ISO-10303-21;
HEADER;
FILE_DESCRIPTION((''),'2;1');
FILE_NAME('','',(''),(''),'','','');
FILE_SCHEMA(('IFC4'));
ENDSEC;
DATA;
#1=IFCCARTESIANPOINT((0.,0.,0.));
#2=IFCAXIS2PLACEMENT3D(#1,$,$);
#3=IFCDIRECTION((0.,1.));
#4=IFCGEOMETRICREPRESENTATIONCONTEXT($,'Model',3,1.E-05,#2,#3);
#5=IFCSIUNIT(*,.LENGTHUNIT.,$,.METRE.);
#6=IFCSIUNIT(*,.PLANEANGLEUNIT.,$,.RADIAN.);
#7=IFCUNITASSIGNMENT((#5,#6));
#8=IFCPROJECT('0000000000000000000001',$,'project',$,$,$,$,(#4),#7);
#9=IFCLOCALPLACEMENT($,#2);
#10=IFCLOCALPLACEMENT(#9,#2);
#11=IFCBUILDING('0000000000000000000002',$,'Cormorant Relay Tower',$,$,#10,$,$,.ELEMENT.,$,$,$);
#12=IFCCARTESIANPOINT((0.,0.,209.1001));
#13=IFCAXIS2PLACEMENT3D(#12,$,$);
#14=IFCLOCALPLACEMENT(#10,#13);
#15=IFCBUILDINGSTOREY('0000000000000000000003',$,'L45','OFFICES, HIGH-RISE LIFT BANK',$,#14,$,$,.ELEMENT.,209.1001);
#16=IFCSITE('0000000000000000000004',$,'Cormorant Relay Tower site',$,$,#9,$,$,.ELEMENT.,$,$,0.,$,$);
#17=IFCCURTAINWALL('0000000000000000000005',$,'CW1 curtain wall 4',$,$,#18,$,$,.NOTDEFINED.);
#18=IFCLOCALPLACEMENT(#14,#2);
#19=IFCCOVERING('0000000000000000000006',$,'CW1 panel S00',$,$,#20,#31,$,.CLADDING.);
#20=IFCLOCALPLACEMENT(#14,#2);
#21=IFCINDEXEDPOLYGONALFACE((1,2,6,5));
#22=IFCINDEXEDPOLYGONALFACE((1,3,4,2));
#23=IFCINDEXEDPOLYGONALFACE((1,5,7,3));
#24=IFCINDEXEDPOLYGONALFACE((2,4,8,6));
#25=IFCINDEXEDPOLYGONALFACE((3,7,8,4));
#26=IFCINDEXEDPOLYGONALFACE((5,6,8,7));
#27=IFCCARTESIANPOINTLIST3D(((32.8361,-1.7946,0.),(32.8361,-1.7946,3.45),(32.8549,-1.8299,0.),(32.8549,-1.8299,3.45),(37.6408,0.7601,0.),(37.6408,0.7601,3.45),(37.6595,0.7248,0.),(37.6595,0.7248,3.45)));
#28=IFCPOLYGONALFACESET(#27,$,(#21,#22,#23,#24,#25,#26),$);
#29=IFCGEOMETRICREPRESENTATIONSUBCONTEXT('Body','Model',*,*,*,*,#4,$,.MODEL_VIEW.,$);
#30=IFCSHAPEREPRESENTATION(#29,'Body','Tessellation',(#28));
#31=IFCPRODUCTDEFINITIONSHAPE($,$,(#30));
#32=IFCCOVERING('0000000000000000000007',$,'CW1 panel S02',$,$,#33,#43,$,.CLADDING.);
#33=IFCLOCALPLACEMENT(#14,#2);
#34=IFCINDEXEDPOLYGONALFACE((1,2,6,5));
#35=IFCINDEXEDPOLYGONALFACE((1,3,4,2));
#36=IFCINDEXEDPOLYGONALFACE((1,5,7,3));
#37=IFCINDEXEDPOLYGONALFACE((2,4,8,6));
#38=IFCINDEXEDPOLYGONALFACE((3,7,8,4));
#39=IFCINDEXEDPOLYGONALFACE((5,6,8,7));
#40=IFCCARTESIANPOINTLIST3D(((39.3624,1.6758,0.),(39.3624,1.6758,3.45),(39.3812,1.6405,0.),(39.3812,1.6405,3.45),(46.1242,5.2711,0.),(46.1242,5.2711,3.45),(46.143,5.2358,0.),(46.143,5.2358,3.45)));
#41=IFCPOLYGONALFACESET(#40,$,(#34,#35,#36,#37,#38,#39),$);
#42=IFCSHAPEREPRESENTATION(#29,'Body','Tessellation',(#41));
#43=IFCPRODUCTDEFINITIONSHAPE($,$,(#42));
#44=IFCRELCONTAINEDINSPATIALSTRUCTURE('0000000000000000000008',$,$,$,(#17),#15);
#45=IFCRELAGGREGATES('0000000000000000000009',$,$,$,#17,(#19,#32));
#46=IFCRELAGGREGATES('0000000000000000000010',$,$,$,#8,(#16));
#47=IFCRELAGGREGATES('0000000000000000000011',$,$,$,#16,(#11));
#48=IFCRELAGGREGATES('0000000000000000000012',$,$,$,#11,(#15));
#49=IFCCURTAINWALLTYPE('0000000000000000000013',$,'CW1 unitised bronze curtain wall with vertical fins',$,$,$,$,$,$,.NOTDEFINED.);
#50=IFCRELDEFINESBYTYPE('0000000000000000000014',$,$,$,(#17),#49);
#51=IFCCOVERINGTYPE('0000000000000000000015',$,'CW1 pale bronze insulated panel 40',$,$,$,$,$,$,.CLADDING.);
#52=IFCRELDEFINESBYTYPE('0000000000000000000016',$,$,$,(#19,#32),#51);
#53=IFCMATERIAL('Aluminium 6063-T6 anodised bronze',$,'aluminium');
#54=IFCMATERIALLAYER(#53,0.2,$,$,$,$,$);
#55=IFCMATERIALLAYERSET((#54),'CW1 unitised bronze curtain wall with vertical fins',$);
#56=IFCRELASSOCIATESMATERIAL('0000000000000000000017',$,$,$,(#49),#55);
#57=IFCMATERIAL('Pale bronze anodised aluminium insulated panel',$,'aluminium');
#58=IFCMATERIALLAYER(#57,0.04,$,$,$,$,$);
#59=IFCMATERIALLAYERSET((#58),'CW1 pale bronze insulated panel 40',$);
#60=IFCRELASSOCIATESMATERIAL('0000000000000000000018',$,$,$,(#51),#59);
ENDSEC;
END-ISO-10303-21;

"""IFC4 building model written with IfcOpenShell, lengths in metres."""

from ifc_helpers import new_model, si_unit, direction, frame, origin, origin_2d, place, context, subcontext, project, spatial, rectangle, extrude, material, layer, layer_set, type_object, element, aggregate, save


model = new_model("IFC4")

# Units and contexts
model_context = context("Model", 3, precision=1e-05, world=origin(), true_north=direction((0.0, 1.0)))
body_context = subcontext(model_context, "Body", "Model", "MODEL_VIEW")
ifc_project = project(units=[si_unit("LENGTHUNIT", "METRE"), si_unit("PLANEANGLEUNIT", "RADIAN")], contexts=[model_context])

# Site, building, storey
site_placement = place(None, origin())
site = spatial("IfcSite", under=ifc_project, at=site_placement, Name="Cormorant Relay Tower site", CompositionType="ELEMENT", RefElevation=0.0)
building_placement = place(site_placement, origin())
building = spatial("IfcBuilding", under=site, at=building_placement, Name="Cormorant Relay Tower", CompositionType="ELEMENT")
storey_placement = place(building_placement, frame((0.0, 0.0, 209.1001)))
storey = spatial("IfcBuildingStorey", under=building, at=storey_placement, Name="L45", Description="OFFICES, HIGH-RISE LIFT BANK", CompositionType="ELEMENT", Elevation=209.1001)

# Shared definitions
ifc_material_1 = material(Name="Aluminium 6063-T6 anodised bronze", Category="aluminium")
ifc_layer_1 = layer(ifc_material_1, 0.2)
ifc_layer_set_1 = layer_set([ifc_layer_1], Name="CW1 unitised bronze curtain wall with vertical fins")
curtain_wall_type = type_object("IfcCurtainWallType", Name="CW1 unitised bronze curtain wall with vertical fins", PredefinedType="NOTDEFINED", material=ifc_layer_set_1)

# Curtain wall
curtain_wall_1_placement = place(storey_placement, origin())
curtain_wall_1 = element("IfcCurtainWall", 1, at=curtain_wall_1_placement, inside=storey, type_object=curtain_wall_type, Name="CW1 curtain wall 4", PredefinedType="NOTDEFINED")

# Coverings
ifc_material_2 = material(Name="Pale bronze anodised aluminium insulated panel", Category="aluminium")
ifc_layer_2 = layer(ifc_material_2, 0.04)
ifc_layer_set_2 = layer_set([ifc_layer_2], Name="CW1 pale bronze insulated panel 40")
covering_type = type_object("IfcCoveringType", Name="CW1 pale bronze insulated panel 40", PredefinedType="CLADDING", material=ifc_layer_set_2)
covering_1_placement = place(storey_placement, frame((35.2478, -0.5349, 0.0), z_axis=(0.0, 0.0, 1.0), x_axis=(0.882948, 0.469472, 0.0)))
covering_1 = element("IfcCovering", 2, at=covering_1_placement, type_object=covering_type, Name="CW1 panel S00", PredefinedType="CLADDING", context=body_context, shape_type="SweptSolid", body=[
    extrude(rectangle(XDim=5.4417, YDim=0.04, at=origin_2d()), origin(), (0.0, 0.0, 1.0), 3.45),
])
covering_2_placement = place(storey_placement, frame((42.7527, 3.4558, 0.0), z_axis=(0.0, 0.0, 1.0), x_axis=(0.882948, 0.469472, 0.0)))
covering_2 = element("IfcCovering", 3, at=covering_2_placement, type_object=covering_type, Name="CW1 panel S02", PredefinedType="CLADDING", context=body_context, shape_type="SweptSolid", body=[
    extrude(rectangle(XDim=7.6582, YDim=0.04, at=origin_2d()), origin(), (0.0, 0.0, 1.0), 3.45),
])
aggregate(curtain_wall_1, [covering_1, covering_2])

save(model, "model.ifc")
